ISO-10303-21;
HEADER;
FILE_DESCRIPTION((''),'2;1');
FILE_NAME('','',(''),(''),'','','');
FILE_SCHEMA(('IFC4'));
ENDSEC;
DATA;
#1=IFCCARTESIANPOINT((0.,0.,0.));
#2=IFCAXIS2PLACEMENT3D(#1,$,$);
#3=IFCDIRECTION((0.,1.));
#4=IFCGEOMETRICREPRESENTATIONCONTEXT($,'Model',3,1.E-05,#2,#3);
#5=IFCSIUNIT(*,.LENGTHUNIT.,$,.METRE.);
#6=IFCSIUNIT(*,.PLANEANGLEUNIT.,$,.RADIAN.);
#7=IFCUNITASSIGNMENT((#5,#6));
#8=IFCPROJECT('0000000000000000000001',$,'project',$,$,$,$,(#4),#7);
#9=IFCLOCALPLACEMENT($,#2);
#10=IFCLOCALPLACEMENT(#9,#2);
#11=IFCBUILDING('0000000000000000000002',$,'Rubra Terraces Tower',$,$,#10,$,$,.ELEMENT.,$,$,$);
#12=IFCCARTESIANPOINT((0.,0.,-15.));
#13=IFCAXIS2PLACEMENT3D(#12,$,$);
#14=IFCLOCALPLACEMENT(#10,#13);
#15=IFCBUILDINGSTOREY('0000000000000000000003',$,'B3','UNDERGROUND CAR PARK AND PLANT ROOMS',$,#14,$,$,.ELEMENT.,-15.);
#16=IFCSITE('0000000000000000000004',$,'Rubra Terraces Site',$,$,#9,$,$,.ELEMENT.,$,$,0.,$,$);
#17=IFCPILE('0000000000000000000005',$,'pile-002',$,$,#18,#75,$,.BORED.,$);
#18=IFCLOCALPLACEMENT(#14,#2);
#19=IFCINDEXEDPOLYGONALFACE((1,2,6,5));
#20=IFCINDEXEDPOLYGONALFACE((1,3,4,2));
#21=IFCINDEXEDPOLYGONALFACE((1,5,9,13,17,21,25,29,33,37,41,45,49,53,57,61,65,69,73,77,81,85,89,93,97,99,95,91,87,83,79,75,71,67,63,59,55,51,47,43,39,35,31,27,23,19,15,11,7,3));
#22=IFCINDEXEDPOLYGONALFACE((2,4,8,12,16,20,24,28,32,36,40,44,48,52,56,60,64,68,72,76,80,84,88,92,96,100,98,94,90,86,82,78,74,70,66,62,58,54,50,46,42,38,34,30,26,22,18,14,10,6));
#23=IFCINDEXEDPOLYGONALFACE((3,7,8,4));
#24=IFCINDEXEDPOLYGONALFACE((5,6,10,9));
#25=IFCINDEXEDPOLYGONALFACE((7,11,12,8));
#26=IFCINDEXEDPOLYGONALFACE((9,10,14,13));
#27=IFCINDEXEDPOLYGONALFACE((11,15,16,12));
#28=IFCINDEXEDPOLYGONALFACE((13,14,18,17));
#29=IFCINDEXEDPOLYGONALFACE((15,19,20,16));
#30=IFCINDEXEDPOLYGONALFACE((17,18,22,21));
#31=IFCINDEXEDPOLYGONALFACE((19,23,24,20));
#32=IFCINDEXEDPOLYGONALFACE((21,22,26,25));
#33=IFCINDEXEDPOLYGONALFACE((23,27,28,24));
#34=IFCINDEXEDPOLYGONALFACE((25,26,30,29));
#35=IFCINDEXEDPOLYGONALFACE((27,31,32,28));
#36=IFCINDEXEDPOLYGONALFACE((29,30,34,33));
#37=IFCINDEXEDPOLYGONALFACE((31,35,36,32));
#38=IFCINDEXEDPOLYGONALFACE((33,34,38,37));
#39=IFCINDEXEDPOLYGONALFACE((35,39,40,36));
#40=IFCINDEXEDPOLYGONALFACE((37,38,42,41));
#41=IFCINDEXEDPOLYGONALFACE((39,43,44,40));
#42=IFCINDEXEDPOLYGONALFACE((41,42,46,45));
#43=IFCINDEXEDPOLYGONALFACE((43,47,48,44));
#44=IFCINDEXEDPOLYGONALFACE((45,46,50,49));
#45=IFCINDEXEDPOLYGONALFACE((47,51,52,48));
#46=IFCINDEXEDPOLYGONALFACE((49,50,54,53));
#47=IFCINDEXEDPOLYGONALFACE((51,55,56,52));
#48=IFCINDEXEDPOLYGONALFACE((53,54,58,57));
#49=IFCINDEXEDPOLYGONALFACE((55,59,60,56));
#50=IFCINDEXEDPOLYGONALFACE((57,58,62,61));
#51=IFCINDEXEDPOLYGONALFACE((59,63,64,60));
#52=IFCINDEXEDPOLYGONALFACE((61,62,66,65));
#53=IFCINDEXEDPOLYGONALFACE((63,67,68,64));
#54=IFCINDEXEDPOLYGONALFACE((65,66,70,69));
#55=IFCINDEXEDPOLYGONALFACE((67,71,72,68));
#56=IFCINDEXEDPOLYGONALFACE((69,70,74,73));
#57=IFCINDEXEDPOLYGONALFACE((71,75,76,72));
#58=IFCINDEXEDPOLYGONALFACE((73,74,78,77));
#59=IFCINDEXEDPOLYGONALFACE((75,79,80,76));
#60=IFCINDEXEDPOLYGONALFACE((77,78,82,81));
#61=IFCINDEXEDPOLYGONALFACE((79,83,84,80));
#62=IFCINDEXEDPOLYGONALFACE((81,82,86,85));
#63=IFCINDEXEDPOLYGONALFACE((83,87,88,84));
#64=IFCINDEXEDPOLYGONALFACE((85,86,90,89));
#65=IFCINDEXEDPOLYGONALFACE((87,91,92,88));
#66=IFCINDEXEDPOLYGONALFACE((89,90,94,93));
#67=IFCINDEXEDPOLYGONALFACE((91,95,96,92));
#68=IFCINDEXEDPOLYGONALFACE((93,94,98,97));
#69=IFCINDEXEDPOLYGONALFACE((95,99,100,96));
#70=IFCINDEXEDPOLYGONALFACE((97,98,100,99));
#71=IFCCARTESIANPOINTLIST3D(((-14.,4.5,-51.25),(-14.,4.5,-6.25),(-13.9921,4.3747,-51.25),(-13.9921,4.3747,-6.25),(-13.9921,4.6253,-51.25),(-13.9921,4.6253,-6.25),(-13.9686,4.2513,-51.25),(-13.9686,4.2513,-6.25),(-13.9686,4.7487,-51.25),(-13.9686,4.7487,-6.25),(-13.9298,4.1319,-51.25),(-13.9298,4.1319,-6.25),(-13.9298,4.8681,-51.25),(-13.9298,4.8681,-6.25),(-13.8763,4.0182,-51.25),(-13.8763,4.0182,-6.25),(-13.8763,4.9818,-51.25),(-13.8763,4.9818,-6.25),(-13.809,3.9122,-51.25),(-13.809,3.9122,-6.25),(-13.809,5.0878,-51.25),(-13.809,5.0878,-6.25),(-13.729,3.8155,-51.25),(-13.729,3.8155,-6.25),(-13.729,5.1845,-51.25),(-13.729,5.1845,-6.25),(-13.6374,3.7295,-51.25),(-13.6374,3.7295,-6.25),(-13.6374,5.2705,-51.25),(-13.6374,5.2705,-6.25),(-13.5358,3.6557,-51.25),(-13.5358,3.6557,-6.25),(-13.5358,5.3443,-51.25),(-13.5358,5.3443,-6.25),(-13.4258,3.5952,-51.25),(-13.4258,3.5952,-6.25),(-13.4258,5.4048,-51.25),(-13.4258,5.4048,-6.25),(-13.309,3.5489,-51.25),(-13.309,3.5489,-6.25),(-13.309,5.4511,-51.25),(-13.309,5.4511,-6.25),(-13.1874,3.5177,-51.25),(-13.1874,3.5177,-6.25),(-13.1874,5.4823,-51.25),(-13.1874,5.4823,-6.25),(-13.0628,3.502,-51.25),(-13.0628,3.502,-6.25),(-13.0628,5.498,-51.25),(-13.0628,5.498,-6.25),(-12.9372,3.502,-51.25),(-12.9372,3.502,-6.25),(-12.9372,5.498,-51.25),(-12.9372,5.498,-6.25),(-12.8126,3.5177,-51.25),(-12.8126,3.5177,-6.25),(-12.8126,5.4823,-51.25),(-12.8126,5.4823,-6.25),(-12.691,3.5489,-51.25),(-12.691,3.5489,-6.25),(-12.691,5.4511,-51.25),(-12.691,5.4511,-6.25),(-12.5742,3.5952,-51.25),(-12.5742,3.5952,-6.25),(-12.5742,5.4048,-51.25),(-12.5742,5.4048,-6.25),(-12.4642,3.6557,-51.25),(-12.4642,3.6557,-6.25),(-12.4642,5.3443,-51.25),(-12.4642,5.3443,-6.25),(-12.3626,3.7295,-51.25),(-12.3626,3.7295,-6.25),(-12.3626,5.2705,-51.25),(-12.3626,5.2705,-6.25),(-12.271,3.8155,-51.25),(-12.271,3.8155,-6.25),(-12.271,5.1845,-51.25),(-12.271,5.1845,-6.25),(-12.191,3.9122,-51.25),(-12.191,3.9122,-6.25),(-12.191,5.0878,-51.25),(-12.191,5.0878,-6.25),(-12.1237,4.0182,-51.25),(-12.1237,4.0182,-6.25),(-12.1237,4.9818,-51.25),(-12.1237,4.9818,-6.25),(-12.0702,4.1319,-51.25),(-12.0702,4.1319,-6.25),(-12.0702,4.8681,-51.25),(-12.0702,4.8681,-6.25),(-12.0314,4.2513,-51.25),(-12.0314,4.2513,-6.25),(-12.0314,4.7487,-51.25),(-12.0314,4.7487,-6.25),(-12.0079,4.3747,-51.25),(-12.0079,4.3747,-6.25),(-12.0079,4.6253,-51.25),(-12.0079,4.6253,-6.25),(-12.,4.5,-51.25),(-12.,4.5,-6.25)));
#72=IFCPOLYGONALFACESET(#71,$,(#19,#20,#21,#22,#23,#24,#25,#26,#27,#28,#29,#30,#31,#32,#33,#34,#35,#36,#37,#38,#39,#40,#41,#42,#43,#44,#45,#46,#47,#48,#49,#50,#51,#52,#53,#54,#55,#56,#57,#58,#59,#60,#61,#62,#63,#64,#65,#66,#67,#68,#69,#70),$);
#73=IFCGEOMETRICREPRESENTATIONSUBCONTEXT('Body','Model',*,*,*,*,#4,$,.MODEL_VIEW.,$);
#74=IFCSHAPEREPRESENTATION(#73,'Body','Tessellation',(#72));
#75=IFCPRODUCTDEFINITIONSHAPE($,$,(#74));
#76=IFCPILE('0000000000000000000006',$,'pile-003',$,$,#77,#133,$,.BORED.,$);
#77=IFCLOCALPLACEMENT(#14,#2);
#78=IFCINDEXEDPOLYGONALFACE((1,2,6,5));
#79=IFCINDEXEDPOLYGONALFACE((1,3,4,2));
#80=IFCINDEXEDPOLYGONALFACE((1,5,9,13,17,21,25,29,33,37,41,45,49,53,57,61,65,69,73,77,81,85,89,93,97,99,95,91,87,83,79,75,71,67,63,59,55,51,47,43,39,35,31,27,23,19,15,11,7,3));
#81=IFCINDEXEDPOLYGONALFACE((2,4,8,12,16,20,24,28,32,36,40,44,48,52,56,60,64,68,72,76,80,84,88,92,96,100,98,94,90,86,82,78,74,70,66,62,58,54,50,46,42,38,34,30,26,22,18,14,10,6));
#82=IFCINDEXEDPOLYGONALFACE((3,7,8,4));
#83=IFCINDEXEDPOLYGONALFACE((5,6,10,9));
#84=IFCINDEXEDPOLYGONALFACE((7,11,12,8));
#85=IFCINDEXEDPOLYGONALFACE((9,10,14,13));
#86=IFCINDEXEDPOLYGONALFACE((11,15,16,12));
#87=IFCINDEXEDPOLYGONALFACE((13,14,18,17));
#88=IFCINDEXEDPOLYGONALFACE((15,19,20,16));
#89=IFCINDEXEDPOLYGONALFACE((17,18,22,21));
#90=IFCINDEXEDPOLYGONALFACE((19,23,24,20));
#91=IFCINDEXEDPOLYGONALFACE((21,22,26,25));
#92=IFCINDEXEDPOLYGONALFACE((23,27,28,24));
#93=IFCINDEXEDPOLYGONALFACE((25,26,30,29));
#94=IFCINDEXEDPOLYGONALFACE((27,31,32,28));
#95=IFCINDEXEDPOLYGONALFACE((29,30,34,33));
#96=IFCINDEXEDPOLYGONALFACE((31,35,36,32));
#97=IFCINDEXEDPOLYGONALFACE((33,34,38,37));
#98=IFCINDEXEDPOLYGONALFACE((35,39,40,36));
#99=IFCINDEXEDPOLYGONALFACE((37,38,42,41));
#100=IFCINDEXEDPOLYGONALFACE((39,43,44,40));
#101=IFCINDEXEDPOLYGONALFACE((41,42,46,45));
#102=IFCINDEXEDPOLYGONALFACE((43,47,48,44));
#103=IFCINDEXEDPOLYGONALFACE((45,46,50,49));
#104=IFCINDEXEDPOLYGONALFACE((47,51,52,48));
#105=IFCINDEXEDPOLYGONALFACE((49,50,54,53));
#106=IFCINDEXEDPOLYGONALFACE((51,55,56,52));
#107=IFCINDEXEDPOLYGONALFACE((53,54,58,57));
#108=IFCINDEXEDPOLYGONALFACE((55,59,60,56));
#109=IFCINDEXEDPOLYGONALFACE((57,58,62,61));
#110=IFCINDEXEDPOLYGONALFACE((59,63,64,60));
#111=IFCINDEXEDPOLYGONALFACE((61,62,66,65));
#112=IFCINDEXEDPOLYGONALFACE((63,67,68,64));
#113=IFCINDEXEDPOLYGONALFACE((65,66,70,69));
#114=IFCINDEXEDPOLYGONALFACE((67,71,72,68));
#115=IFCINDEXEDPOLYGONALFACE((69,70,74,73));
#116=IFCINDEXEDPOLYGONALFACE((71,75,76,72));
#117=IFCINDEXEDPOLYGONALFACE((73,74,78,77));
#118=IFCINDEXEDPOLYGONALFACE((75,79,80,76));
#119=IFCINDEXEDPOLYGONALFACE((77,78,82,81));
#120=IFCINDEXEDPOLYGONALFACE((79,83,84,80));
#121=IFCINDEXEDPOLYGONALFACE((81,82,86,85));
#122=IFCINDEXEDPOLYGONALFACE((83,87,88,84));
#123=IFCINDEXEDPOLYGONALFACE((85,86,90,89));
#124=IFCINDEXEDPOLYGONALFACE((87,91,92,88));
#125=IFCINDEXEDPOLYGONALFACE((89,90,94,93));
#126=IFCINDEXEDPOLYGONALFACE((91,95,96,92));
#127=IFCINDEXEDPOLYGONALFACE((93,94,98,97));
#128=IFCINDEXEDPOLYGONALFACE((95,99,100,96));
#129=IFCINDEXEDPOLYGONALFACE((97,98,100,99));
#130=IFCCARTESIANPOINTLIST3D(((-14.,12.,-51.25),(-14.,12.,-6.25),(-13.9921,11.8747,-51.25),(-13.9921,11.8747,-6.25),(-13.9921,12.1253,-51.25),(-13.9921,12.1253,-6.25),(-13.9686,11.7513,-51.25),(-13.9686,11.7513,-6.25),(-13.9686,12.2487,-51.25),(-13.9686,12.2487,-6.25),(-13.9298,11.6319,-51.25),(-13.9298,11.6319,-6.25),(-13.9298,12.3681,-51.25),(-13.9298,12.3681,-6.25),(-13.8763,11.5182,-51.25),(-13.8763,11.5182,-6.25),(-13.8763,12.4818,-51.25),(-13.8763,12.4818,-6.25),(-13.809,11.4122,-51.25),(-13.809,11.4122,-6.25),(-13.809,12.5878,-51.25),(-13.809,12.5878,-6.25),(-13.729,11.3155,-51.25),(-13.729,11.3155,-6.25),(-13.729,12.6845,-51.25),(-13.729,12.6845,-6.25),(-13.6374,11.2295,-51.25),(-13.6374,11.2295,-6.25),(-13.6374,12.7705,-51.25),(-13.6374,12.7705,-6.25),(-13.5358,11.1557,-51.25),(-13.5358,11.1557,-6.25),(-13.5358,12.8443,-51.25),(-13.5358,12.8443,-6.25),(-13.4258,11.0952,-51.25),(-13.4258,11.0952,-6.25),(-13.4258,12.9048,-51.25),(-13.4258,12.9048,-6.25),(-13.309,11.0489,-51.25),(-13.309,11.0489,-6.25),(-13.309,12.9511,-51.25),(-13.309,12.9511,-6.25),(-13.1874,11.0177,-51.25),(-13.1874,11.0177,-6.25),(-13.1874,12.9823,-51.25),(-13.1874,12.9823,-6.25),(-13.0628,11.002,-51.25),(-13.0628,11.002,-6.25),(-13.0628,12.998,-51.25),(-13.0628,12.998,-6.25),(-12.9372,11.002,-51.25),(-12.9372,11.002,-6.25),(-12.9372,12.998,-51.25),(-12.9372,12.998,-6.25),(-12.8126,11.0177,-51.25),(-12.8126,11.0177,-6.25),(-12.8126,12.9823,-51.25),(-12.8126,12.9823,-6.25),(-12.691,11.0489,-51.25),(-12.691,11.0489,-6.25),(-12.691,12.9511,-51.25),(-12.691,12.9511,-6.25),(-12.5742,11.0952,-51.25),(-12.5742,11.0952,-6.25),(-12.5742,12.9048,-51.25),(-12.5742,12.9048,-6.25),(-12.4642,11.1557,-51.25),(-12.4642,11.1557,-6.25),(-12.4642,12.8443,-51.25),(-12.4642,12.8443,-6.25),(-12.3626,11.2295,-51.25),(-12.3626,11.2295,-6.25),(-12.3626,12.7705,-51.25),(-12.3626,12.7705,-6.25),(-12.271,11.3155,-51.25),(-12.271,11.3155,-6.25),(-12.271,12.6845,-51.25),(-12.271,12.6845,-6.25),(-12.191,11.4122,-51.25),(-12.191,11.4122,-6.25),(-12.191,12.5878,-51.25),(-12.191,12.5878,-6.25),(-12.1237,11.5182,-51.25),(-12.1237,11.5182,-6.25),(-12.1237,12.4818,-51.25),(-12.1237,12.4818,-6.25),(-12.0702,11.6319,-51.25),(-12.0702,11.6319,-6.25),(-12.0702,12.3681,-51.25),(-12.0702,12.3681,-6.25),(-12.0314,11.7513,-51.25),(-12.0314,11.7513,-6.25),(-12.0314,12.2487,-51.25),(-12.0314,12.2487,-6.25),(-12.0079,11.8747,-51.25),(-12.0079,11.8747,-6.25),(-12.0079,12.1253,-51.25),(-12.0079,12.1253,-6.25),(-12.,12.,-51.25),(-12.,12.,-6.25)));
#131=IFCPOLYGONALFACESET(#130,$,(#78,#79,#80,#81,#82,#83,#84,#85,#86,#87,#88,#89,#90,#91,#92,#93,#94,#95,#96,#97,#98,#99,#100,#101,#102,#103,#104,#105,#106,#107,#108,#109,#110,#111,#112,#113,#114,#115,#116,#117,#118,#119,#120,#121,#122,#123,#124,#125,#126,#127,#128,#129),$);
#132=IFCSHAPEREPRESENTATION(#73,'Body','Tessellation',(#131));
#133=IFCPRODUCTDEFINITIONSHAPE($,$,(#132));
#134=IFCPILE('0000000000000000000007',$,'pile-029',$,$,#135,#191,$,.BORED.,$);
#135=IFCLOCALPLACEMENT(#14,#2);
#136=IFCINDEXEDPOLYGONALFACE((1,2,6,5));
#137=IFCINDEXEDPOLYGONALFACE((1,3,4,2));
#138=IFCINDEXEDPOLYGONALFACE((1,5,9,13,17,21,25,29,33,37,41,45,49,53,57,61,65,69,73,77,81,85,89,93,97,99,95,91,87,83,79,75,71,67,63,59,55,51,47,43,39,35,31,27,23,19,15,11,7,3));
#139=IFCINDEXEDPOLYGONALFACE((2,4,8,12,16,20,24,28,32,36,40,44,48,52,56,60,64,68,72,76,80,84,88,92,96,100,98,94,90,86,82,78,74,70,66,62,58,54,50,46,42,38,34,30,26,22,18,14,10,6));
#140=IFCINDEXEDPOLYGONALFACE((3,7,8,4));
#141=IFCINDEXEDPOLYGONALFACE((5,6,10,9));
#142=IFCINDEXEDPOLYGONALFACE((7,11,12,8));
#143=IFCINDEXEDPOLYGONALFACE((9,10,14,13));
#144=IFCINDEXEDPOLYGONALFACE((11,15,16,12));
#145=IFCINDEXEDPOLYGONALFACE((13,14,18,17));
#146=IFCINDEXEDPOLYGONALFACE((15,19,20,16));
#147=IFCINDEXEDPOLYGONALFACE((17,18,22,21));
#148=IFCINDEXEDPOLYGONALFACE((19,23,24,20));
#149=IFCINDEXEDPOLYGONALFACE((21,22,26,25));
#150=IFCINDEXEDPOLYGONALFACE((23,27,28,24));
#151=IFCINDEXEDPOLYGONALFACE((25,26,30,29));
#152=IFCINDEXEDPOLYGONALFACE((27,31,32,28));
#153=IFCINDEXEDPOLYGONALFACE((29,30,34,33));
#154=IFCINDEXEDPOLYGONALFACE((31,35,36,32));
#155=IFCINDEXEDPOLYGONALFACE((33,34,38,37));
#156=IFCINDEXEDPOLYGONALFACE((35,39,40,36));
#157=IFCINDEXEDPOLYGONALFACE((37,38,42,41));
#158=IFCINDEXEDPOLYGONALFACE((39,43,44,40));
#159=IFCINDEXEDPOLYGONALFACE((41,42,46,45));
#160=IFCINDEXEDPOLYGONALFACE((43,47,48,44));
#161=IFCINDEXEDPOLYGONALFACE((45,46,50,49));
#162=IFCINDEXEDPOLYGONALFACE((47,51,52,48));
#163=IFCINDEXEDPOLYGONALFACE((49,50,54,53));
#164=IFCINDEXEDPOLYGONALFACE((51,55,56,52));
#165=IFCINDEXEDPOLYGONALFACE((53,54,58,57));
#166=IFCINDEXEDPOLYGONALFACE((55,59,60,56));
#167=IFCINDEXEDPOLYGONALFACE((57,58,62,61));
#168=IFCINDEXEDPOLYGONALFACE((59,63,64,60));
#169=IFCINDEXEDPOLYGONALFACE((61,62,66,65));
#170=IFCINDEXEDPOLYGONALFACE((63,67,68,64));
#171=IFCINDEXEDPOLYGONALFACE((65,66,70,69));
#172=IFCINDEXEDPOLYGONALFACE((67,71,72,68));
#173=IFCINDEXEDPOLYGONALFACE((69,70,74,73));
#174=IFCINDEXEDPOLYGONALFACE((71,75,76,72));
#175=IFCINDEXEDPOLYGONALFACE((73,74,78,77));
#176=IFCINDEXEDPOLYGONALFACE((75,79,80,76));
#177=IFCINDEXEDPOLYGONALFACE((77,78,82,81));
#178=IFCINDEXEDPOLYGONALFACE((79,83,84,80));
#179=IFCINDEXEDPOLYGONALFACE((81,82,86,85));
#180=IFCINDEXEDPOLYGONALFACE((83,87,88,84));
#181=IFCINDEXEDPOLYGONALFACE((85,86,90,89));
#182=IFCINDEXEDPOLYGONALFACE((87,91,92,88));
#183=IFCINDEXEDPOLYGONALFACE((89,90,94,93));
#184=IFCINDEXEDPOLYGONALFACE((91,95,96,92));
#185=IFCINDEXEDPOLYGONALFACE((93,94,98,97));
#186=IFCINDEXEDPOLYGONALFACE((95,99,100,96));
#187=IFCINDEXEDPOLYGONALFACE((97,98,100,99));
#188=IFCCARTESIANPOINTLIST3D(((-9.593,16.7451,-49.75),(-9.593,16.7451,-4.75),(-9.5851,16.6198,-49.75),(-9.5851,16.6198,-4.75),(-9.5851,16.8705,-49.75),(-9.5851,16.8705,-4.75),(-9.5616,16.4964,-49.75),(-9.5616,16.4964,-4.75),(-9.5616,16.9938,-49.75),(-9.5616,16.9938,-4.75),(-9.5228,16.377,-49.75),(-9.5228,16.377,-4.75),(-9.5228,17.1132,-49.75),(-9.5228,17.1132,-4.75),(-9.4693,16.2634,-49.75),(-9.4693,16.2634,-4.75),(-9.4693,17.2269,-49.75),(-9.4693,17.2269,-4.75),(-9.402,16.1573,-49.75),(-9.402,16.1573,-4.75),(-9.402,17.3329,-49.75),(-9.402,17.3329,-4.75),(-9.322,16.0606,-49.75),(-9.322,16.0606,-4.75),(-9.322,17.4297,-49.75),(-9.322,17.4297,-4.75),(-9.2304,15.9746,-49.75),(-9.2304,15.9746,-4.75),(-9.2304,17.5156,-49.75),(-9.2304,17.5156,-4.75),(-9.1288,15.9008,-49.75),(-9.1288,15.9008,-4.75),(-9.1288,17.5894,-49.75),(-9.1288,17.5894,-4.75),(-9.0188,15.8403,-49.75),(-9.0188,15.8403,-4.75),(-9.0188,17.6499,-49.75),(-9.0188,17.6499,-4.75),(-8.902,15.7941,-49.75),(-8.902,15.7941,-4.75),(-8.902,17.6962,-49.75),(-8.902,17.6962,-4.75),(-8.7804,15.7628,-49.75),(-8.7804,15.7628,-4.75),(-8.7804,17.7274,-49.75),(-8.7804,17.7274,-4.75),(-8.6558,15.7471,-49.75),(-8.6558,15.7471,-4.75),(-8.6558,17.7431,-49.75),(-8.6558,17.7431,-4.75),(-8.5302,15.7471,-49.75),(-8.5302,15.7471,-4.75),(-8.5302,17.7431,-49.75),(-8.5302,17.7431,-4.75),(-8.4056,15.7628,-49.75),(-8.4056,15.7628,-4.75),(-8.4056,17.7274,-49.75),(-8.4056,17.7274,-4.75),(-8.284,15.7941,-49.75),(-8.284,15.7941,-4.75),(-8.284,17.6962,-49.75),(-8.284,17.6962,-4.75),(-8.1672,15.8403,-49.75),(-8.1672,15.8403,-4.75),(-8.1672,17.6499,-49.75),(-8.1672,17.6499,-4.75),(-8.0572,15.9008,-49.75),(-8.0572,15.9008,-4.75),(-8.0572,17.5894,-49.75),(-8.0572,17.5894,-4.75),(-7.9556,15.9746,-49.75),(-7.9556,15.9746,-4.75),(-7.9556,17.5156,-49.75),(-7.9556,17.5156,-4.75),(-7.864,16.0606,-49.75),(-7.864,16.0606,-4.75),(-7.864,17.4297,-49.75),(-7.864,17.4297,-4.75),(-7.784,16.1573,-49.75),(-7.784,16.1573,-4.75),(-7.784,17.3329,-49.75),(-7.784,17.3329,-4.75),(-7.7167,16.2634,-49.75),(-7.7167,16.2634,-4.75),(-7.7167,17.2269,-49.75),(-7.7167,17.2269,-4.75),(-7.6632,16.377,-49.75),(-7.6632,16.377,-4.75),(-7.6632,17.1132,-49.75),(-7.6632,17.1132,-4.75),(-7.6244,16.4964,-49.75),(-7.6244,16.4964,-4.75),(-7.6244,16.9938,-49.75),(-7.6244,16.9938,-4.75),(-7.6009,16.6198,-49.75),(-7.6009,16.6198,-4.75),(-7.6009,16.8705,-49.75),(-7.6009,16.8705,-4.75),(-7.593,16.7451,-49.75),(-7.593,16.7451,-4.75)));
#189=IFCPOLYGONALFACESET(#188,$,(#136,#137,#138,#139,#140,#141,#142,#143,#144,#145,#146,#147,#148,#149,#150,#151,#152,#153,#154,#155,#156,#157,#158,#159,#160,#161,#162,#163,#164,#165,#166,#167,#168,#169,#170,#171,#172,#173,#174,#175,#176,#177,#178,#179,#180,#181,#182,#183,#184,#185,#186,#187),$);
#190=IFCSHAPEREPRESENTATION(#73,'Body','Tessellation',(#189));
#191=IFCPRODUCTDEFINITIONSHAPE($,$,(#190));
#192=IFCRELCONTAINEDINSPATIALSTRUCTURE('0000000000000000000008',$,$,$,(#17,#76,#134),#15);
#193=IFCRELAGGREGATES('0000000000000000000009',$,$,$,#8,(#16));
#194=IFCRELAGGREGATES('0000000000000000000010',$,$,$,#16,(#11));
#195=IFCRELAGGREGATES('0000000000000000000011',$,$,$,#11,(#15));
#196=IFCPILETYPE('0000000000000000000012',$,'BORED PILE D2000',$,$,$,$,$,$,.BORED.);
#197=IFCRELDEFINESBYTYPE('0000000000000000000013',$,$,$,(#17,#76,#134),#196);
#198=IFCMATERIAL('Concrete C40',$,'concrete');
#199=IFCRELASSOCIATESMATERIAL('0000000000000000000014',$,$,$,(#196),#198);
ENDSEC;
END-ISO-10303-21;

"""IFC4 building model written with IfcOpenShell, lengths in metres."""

from ifc_helpers import new_model, si_unit, direction, frame, origin, origin_2d, place, context, subcontext, project, spatial, circle, extrude, material, material_profile, profile_set, type_object, element, save


model = new_model("IFC4")

# Units and contexts
model_context = context("Model", 3, precision=1e-05, world=origin(), true_north=direction((0.0, 1.0)))
body_context = subcontext(model_context, "Body", "Model", "MODEL_VIEW")
ifc_project = project(units=[si_unit("LENGTHUNIT", "METRE"), si_unit("PLANEANGLEUNIT", "RADIAN")], contexts=[model_context])

# Site, building, storey
site_placement = place(None, origin())
site = spatial("IfcSite", under=ifc_project, at=site_placement, Name="Rubra Terraces Site", CompositionType="ELEMENT", RefElevation=0.0)
building_placement = place(site_placement, origin())
building = spatial("IfcBuilding", under=site, at=building_placement, Name="Rubra Terraces Tower", CompositionType="ELEMENT")
storey_placement = place(building_placement, frame((0.0, 0.0, -15.0)))
storey = spatial("IfcBuildingStorey", under=building, at=storey_placement, Name="B3", Description="UNDERGROUND CAR PARK AND PLANT ROOMS", CompositionType="ELEMENT", Elevation=-15.0)

# Piles
ifc_material_1 = material(Name="Concrete C40", Category="concrete")
ifc_material_profile_1 = material_profile(ifc_material_1, circle(Radius=1.0, at=origin_2d()), Name="BORED PILE D2000")
ifc_profile_set_1 = profile_set([ifc_material_profile_1], Name="Concrete C40")
pile_type = type_object("IfcPileType", Name="BORED PILE D2000", PredefinedType="BORED", material=ifc_profile_set_1)
for number, where, z_axis, x_axis, name in (
    (1, (-13.0, 4.5, -6.25), (0.0, 0.0, -1.0), (1.0, 0.0, 0.0), "pile-002"),
    (2, (-13.0, 12.0, -6.25), (0.0, 0.0, -1.0), (1.0, 0.0, 0.0), "pile-003"),
    (3, (-8.593, 16.7451, -4.75), (0.0, 0.0, -1.0), (1.0, 0.0, 0.0), "pile-029"),
):
    element("IfcPile", number, at=place(storey_placement, frame(where, z_axis=z_axis, x_axis=x_axis)), inside=storey, type_object=pile_type, Name=name, PredefinedType="BORED", context=body_context, shape_type="SweptSolid", body=[
        extrude(circle(Radius=1.0, at=origin_2d()), origin(), (0.0, 0.0, 1.0), 45.0),
    ])

save(model, "model.ifc")
